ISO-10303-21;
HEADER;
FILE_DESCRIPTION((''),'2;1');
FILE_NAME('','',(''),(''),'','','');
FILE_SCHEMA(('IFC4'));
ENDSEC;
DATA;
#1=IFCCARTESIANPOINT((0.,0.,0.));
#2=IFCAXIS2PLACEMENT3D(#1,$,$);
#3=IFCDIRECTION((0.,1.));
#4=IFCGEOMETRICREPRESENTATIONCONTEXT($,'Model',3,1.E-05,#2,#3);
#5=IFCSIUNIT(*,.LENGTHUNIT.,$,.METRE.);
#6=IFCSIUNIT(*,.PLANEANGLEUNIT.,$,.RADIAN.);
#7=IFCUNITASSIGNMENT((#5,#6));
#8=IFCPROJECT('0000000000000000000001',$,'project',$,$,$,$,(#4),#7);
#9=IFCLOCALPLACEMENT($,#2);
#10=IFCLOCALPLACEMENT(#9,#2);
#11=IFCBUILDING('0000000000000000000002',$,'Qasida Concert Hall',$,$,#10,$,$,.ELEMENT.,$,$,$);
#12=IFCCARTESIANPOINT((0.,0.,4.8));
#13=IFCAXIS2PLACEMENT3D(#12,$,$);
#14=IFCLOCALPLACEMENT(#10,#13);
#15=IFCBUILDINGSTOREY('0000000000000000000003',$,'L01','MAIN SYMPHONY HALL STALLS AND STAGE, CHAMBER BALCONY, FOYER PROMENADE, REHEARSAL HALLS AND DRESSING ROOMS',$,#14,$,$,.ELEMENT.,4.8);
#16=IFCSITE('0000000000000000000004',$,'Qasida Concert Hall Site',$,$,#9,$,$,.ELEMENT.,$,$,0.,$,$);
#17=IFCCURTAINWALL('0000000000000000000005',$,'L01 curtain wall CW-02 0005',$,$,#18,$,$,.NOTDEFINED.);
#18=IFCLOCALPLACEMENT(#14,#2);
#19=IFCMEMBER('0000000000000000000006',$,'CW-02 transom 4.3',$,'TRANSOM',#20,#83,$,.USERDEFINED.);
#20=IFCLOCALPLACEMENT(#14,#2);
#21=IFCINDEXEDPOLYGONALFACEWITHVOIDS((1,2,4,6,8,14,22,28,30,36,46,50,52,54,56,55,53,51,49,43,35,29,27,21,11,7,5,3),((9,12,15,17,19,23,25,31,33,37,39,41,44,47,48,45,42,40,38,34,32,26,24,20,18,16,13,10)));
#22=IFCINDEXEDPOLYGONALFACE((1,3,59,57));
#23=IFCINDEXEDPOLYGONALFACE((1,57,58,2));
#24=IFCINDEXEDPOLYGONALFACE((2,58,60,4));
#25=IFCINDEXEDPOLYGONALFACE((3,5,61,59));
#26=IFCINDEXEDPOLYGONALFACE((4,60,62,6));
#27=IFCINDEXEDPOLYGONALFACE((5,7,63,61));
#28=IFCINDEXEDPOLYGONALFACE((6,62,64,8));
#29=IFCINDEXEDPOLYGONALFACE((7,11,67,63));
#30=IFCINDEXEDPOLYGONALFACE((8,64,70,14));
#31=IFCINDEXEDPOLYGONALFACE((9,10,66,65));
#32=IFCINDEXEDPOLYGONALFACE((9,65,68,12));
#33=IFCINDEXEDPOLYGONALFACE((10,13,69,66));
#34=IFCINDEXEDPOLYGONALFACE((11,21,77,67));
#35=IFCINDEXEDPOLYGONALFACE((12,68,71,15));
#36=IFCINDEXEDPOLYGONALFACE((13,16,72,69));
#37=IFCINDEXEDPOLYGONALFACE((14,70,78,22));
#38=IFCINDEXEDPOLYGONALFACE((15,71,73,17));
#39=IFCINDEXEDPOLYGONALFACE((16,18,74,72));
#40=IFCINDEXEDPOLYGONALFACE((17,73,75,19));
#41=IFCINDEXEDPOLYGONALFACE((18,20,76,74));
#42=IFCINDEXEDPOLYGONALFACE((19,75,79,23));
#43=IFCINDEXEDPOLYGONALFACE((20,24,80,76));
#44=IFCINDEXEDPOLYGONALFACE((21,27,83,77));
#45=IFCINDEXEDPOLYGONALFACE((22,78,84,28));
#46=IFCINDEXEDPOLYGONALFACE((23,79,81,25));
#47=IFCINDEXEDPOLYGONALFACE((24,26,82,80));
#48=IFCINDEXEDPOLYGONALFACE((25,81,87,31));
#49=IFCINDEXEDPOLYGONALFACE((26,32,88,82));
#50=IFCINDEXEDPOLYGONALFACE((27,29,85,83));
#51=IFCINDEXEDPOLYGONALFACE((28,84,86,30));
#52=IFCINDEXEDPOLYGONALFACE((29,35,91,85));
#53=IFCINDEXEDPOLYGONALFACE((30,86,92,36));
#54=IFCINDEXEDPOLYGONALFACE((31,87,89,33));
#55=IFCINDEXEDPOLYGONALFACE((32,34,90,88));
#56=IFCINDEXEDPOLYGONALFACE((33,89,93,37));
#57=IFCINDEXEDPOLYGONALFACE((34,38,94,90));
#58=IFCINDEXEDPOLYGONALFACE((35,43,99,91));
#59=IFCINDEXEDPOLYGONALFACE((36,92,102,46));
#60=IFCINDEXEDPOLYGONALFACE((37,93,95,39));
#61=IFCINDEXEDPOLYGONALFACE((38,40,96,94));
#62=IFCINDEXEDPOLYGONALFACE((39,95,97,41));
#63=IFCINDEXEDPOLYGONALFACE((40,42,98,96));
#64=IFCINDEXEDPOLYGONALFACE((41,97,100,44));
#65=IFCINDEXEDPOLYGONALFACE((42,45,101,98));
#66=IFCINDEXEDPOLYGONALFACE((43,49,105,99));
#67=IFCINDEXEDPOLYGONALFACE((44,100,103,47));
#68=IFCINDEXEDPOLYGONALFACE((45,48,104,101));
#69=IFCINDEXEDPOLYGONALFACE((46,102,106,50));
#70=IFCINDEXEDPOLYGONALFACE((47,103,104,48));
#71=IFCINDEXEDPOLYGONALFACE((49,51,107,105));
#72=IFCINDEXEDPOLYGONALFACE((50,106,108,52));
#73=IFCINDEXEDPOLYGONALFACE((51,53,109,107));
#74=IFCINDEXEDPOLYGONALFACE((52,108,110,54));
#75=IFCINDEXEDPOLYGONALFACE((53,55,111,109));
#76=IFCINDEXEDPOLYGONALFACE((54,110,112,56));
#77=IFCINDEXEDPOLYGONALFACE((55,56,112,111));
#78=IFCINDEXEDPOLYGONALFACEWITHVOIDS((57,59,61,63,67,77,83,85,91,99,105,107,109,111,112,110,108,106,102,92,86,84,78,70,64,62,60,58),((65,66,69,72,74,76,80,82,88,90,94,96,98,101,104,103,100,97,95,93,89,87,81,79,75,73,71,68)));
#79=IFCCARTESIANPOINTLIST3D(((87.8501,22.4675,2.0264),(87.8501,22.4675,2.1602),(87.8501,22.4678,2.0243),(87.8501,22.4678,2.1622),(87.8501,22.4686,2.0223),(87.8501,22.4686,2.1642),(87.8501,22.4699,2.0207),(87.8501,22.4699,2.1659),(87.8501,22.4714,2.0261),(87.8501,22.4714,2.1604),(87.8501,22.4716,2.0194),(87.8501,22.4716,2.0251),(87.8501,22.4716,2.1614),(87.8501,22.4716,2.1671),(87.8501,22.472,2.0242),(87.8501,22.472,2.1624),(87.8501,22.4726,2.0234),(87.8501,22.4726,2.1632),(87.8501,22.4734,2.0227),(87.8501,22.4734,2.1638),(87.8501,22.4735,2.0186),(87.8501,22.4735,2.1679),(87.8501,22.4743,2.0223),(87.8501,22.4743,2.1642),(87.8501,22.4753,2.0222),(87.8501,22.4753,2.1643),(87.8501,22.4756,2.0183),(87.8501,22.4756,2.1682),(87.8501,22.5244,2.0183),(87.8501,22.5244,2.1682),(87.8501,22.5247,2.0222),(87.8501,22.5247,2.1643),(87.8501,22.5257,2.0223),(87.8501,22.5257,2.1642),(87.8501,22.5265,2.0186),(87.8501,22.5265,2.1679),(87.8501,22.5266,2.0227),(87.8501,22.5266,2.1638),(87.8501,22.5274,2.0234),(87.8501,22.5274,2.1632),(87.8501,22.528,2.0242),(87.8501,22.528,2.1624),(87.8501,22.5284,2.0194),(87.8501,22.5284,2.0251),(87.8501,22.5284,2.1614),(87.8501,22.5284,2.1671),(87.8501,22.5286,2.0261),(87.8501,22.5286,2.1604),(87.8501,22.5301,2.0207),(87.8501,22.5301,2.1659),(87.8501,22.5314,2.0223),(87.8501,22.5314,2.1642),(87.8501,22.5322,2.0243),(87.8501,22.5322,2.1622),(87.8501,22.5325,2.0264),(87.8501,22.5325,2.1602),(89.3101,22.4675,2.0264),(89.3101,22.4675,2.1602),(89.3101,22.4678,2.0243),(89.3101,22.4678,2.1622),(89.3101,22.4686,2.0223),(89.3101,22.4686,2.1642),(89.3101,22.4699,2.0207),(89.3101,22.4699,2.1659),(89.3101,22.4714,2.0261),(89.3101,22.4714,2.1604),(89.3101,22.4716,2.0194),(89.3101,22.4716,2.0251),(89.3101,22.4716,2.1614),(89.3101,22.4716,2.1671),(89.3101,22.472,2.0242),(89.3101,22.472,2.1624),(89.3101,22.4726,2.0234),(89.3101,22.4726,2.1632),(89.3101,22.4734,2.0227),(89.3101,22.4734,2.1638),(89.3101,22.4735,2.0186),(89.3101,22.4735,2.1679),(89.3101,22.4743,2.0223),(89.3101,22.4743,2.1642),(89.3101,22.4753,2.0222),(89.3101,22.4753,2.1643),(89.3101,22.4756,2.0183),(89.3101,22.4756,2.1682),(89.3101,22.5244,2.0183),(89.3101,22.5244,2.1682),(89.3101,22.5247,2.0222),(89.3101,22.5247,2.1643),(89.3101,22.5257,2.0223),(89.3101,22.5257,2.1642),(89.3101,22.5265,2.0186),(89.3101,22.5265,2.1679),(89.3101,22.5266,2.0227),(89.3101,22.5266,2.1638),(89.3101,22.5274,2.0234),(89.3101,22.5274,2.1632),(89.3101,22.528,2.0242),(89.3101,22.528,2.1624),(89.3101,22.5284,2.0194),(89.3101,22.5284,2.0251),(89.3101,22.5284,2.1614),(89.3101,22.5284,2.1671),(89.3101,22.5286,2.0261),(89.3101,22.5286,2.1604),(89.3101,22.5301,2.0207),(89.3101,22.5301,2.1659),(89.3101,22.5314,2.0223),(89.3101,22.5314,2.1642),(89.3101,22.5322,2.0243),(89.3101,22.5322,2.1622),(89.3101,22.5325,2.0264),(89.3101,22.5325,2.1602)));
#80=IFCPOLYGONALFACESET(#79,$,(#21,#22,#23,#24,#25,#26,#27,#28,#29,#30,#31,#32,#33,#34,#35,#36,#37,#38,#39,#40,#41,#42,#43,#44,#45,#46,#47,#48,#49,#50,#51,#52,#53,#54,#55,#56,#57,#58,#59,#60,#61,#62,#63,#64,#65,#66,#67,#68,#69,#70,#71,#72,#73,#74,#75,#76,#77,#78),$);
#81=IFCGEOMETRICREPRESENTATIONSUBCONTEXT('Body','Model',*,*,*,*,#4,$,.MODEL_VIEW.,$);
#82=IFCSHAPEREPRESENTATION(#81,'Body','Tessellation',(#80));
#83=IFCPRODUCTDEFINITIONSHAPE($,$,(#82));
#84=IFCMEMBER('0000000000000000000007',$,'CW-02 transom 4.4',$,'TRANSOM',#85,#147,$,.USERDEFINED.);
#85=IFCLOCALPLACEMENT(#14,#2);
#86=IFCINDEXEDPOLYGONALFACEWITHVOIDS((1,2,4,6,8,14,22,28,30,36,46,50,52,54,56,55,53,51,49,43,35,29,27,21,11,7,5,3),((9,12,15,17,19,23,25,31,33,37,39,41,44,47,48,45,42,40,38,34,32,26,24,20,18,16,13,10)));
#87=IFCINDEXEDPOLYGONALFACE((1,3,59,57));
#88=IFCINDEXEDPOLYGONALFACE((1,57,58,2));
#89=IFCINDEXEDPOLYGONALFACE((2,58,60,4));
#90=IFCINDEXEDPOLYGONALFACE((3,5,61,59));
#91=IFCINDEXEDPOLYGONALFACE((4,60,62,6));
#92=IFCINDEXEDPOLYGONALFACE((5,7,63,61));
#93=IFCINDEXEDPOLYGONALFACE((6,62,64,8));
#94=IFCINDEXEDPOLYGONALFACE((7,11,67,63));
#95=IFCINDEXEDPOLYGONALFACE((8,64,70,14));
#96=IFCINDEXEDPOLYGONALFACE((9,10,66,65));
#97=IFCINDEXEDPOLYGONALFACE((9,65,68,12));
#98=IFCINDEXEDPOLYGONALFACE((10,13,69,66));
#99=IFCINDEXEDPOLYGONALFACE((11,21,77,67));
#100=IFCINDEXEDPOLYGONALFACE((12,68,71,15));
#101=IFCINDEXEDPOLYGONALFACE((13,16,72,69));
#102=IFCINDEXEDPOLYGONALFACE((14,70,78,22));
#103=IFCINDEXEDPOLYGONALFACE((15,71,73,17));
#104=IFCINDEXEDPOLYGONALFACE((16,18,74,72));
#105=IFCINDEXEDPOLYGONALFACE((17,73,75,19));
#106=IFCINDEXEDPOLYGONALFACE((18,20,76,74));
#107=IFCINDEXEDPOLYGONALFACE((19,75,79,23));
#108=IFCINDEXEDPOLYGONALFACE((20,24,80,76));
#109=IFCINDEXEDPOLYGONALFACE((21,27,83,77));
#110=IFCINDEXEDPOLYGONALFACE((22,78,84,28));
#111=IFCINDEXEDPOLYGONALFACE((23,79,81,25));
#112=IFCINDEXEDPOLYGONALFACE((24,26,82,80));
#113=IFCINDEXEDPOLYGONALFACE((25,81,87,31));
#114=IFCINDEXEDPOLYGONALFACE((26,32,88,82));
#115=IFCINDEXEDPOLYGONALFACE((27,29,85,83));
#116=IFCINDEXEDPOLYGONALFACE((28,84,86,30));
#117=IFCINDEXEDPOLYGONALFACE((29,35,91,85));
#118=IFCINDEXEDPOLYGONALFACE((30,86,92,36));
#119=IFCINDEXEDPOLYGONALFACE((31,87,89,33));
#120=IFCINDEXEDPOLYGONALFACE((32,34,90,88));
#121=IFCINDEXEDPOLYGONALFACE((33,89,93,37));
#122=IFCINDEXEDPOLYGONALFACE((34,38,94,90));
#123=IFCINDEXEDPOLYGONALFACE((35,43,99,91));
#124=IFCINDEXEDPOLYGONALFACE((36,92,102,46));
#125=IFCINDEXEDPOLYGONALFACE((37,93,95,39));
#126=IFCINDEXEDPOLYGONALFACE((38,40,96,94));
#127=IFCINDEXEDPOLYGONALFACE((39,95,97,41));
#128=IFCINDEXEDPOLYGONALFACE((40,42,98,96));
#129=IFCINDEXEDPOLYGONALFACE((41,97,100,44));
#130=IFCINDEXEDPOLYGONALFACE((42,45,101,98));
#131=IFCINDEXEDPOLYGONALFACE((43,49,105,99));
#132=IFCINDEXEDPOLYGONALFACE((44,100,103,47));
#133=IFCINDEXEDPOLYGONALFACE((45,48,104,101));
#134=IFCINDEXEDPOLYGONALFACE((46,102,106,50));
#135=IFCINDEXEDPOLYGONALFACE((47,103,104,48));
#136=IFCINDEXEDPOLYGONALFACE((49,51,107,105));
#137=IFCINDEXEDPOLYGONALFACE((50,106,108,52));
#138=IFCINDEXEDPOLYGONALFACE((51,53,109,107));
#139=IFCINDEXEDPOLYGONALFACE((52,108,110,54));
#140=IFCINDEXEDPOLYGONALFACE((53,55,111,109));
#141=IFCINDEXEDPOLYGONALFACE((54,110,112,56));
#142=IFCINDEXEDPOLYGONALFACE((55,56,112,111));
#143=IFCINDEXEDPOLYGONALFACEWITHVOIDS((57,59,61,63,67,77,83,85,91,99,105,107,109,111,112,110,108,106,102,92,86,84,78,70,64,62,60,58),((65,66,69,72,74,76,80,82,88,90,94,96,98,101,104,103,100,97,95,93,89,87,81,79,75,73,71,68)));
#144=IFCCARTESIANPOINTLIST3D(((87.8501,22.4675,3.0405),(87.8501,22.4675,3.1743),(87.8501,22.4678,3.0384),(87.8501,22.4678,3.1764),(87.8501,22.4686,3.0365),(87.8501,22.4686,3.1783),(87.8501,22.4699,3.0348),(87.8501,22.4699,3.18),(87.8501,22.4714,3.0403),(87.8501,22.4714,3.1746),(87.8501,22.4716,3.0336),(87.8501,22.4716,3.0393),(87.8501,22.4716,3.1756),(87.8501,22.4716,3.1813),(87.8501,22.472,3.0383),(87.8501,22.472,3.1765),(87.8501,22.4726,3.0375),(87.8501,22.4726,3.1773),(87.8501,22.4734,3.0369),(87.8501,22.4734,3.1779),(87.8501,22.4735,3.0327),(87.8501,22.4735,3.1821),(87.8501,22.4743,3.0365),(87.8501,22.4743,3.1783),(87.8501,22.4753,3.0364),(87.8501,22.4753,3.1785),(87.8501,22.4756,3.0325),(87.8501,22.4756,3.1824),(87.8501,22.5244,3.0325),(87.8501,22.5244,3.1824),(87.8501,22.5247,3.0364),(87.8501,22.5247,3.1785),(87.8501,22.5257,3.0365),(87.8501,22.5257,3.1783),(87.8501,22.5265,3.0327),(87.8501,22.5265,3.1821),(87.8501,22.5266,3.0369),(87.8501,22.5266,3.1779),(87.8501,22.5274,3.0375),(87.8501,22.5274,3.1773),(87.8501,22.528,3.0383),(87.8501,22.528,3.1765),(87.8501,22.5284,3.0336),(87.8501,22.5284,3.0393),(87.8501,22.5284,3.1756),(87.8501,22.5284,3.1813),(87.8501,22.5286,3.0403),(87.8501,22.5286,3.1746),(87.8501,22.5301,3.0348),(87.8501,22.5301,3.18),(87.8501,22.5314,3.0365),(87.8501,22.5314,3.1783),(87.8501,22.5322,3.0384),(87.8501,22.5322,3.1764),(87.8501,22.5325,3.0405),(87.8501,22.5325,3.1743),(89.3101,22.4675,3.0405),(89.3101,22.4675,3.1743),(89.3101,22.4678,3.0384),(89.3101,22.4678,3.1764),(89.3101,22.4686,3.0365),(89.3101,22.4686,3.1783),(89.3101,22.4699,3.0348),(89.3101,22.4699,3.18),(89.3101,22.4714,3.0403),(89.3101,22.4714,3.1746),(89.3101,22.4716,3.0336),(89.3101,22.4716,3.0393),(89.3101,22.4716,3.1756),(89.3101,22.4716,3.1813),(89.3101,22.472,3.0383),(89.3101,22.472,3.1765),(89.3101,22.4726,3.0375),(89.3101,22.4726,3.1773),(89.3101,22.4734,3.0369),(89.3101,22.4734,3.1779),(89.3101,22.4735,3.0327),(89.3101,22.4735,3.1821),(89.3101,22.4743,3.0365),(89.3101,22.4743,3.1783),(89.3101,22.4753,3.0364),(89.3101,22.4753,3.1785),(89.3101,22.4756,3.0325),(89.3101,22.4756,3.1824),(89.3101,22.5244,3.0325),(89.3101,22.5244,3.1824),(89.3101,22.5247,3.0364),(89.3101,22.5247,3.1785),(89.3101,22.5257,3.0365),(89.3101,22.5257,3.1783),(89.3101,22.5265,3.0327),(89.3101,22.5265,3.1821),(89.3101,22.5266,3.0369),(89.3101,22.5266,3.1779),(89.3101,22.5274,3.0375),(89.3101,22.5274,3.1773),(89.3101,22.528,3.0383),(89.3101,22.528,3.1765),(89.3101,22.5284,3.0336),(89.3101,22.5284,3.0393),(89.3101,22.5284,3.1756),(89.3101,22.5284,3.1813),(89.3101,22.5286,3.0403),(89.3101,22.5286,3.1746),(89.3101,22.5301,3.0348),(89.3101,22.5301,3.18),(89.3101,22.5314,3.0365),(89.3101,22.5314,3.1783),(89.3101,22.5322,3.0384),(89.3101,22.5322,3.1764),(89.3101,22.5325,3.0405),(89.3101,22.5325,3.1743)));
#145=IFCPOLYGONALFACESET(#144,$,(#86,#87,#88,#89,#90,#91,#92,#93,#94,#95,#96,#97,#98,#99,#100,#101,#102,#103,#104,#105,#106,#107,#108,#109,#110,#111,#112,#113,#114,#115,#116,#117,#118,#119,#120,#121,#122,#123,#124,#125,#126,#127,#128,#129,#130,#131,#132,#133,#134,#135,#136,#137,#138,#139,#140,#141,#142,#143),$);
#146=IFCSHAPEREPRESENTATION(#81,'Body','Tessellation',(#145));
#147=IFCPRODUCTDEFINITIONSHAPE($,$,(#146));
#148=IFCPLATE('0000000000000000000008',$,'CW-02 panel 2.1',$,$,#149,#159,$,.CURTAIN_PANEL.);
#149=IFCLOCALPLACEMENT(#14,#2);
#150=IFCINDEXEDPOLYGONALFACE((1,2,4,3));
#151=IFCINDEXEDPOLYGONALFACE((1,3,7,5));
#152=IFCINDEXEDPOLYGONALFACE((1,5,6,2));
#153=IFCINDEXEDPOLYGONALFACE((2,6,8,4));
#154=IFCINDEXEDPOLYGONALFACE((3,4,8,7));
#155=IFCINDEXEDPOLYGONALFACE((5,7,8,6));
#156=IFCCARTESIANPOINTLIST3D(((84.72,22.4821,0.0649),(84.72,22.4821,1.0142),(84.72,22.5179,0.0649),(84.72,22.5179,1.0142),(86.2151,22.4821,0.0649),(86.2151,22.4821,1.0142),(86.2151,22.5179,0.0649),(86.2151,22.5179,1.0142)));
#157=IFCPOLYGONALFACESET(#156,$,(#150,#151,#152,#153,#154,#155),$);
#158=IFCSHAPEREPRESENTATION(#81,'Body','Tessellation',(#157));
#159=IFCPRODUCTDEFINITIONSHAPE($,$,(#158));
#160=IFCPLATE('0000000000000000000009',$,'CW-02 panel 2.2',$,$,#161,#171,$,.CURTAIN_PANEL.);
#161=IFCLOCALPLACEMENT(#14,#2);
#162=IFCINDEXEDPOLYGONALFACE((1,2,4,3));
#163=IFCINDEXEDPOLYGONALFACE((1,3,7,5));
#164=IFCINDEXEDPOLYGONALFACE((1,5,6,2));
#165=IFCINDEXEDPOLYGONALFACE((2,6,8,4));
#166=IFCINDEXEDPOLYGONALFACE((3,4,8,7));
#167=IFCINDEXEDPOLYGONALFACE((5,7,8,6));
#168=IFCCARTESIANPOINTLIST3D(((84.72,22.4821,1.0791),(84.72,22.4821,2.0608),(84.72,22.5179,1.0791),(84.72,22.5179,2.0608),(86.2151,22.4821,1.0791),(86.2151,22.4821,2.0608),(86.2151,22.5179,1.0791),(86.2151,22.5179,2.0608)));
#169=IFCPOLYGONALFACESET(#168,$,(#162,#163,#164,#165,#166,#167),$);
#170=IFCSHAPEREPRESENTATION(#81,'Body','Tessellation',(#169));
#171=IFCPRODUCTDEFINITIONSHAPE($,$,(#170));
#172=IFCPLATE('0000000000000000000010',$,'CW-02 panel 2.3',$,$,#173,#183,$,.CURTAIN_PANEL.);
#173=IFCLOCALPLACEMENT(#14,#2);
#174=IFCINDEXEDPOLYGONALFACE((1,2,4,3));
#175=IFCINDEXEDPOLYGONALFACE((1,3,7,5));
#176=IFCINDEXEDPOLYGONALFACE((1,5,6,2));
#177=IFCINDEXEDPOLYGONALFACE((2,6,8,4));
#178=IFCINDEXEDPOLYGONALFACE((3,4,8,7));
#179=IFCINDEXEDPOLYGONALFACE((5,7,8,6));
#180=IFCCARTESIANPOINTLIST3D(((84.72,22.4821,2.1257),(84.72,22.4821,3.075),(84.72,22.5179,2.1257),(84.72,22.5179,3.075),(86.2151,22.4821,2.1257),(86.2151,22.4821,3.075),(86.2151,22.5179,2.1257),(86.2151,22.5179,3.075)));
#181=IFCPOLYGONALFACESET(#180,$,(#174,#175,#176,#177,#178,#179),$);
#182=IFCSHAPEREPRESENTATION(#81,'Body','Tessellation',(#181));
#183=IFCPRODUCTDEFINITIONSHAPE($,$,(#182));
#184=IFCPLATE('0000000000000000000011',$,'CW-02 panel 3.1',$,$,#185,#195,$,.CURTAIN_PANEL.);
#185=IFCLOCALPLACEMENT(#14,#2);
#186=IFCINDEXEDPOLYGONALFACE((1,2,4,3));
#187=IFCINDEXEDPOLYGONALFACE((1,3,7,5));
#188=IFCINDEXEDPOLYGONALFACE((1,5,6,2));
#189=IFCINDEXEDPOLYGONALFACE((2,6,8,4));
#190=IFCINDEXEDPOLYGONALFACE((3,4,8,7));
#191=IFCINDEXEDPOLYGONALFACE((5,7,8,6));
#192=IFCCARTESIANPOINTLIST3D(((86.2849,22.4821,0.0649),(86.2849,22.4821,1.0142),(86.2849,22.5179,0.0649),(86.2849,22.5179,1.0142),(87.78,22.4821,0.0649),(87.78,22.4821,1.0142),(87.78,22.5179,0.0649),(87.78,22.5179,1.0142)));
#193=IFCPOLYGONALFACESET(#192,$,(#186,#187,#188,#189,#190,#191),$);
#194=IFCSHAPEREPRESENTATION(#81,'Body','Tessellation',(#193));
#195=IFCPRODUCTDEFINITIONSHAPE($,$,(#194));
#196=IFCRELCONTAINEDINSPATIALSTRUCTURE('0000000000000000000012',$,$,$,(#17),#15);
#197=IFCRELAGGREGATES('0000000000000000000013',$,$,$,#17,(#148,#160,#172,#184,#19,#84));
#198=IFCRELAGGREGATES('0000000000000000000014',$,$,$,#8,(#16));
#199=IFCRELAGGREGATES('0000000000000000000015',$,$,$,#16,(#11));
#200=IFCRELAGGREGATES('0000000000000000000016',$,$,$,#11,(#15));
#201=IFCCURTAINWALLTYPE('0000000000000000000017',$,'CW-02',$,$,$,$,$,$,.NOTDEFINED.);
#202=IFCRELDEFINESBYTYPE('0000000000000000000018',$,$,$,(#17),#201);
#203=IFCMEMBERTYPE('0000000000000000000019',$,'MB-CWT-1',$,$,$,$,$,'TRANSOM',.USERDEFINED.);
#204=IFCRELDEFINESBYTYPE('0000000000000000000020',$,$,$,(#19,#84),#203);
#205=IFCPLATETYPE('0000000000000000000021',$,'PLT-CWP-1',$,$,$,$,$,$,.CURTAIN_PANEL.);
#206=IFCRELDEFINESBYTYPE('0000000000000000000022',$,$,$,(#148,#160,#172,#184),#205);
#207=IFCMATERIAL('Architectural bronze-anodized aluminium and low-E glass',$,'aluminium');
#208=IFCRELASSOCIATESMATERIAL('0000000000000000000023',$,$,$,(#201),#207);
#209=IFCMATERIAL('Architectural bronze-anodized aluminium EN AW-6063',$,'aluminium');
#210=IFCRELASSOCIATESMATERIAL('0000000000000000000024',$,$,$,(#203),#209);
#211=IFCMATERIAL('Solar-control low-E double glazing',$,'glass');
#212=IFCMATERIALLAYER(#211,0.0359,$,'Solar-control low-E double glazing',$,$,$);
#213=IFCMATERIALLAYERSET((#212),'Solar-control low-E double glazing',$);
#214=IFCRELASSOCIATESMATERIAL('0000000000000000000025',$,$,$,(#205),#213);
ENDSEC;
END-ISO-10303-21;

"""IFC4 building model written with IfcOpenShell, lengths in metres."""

from ifc_helpers import new_model, si_unit, direction, frame, origin, origin_2d, place, context, subcontext, project, spatial, rectangle, hollow_rectangle, extrude, material, layer, layer_set, material_profile, profile_set, type_object, element, aggregate, save


model = new_model("IFC4")

# Units and contexts
model_context = context("Model", 3, precision=1e-05, world=origin(), true_north=direction((0.0, 1.0)))
body_context = subcontext(model_context, "Body", "Model", "MODEL_VIEW")
ifc_project = project(units=[si_unit("LENGTHUNIT", "METRE"), si_unit("PLANEANGLEUNIT", "RADIAN")], contexts=[model_context])

# Site, building, storey
site_placement = place(None, origin())
site = spatial("IfcSite", under=ifc_project, at=site_placement, Name="Qasida Concert Hall Site", CompositionType="ELEMENT", RefElevation=0.0)
building_placement = place(site_placement, origin())
building = spatial("IfcBuilding", under=site, at=building_placement, Name="Qasida Concert Hall", CompositionType="ELEMENT")
storey_placement = place(building_placement, frame((0.0, 0.0, 4.8)))
storey = spatial("IfcBuildingStorey", under=building, at=storey_placement, Name="L01", Description="MAIN SYMPHONY HALL STALLS AND STAGE, CHAMBER BALCONY, FOYER PROMENADE, REHEARSAL HALLS AND DRESSING ROOMS", CompositionType="ELEMENT", Elevation=4.8)

# Curtain wall, members, plates
ifc_material_1 = material(Name="Architectural bronze-anodized aluminium and low-E glass", Category="aluminium")
curtain_wall_type = type_object("IfcCurtainWallType", Name="CW-02", PredefinedType="NOTDEFINED", material=ifc_material_1)
curtain_wall_placement = place(storey_placement, origin())
curtain_wall = element("IfcCurtainWall", 1, at=curtain_wall_placement, inside=storey, type_object=curtain_wall_type, Name="L01 curtain wall CW-02 0005", PredefinedType="NOTDEFINED")
ifc_material_2 = material(Name="Architectural bronze-anodized aluminium EN AW-6063", Category="aluminium")
ifc_material_profile_1 = material_profile(ifc_material_2, hollow_rectangle(XDim=0.0649, YDim=0.1499, WallThickness=0.0039, InnerFilletRadius=0.0039, OuterFilletRadius=0.0081, at=origin_2d()), Name="CWT 150x65x4")
ifc_profile_set_1 = profile_set([ifc_material_profile_1], Name="Architectural bronze-anodized aluminium EN AW-6063")
member_type_1 = type_object("IfcMemberType", Name="MB-CWT-1", ElementType="TRANSOM", PredefinedType="USERDEFINED", material=ifc_profile_set_1)
member_1_placement = place(storey_placement, frame((87.8501, 22.5, 2.0933), z_axis=(1.0, 0.0, 0.0), x_axis=(0.0, 1.0, 0.0)))
member_1 = element("IfcMember", 2, at=member_1_placement, type_object=member_type_1, Name="CW-02 transom 4.3", ObjectType="TRANSOM", PredefinedType="USERDEFINED", context=body_context, shape_type="SweptSolid", body=[
    extrude(hollow_rectangle(XDim=0.0649, YDim=0.1499, WallThickness=0.0039, InnerFilletRadius=0.0039, OuterFilletRadius=0.0081, at=origin_2d()), origin(), (0.0, 0.0, 1.0), 1.46),
])
member_2_placement = place(storey_placement, frame((87.8501, 22.5, 3.1074), z_axis=(1.0, 0.0, 0.0), x_axis=(0.0, 1.0, 0.0)))
member_2 = element("IfcMember", 3, at=member_2_placement, type_object=member_type_1, Name="CW-02 transom 4.4", ObjectType="TRANSOM", PredefinedType="USERDEFINED", context=body_context, shape_type="SweptSolid", body=[
    extrude(hollow_rectangle(XDim=0.0649, YDim=0.1499, WallThickness=0.0039, InnerFilletRadius=0.0039, OuterFilletRadius=0.0081, at=origin_2d()), origin(), (0.0, 0.0, 1.0), 1.46),
])
ifc_material_3 = material(Name="Solar-control low-E double glazing", Category="glass")
ifc_layer_1 = layer(ifc_material_3, 0.0359, Name="Solar-control low-E double glazing")
ifc_layer_set_1 = layer_set([ifc_layer_1], Name="Solar-control low-E double glazing")
plate_type = type_object("IfcPlateType", Name="PLT-CWP-1", PredefinedType="CURTAIN_PANEL", material=ifc_layer_set_1)
plate_1_placement = place(storey_placement, frame((85.4675, 22.5, 0.0649), z_axis=(0.0, 0.0, 1.0), x_axis=(1.0, 0.0, 0.0)))
plate_1 = element("IfcPlate", 4, at=plate_1_placement, type_object=plate_type, Name="CW-02 panel 2.1", PredefinedType="CURTAIN_PANEL", context=body_context, shape_type="SweptSolid", body=[
    extrude(rectangle(XDim=1.4951, YDim=0.0359, at=origin_2d()), origin(), (0.0, 0.0, 1.0), 0.9492),
])
plate_2_placement = place(storey_placement, frame((85.4675, 22.5, 1.0791), z_axis=(0.0, 0.0, 1.0), x_axis=(1.0, 0.0, 0.0)))
plate_2 = element("IfcPlate", 5, at=plate_2_placement, type_object=plate_type, Name="CW-02 panel 2.2", PredefinedType="CURTAIN_PANEL", context=body_context, shape_type="SweptSolid", body=[
    extrude(rectangle(XDim=1.4951, YDim=0.0359, at=origin_2d()), origin(), (0.0, 0.0, 1.0), 0.9817),
])
plate_3_placement = place(storey_placement, frame((85.4675, 22.5, 2.1257), z_axis=(0.0, 0.0, 1.0), x_axis=(1.0, 0.0, 0.0)))
plate_3 = element("IfcPlate", 6, at=plate_3_placement, type_object=plate_type, Name="CW-02 panel 2.3", PredefinedType="CURTAIN_PANEL", context=body_context, shape_type="SweptSolid", body=[
    extrude(rectangle(XDim=1.4951, YDim=0.0359, at=origin_2d()), origin(), (0.0, 0.0, 1.0), 0.9492),
])
plate_4_placement = place(storey_placement, frame((87.0325, 22.5, 0.0649), z_axis=(0.0, 0.0, 1.0), x_axis=(1.0, 0.0, 0.0)))
plate_4 = element("IfcPlate", 7, at=plate_4_placement, type_object=plate_type, Name="CW-02 panel 3.1", PredefinedType="CURTAIN_PANEL", context=body_context, shape_type="SweptSolid", body=[
    extrude(rectangle(XDim=1.4951, YDim=0.0359, at=origin_2d()), origin(), (0.0, 0.0, 1.0), 0.9492),
])
aggregate(curtain_wall, [plate_1, plate_2, plate_3, plate_4, member_1, member_2])

save(model, "model.ifc")
